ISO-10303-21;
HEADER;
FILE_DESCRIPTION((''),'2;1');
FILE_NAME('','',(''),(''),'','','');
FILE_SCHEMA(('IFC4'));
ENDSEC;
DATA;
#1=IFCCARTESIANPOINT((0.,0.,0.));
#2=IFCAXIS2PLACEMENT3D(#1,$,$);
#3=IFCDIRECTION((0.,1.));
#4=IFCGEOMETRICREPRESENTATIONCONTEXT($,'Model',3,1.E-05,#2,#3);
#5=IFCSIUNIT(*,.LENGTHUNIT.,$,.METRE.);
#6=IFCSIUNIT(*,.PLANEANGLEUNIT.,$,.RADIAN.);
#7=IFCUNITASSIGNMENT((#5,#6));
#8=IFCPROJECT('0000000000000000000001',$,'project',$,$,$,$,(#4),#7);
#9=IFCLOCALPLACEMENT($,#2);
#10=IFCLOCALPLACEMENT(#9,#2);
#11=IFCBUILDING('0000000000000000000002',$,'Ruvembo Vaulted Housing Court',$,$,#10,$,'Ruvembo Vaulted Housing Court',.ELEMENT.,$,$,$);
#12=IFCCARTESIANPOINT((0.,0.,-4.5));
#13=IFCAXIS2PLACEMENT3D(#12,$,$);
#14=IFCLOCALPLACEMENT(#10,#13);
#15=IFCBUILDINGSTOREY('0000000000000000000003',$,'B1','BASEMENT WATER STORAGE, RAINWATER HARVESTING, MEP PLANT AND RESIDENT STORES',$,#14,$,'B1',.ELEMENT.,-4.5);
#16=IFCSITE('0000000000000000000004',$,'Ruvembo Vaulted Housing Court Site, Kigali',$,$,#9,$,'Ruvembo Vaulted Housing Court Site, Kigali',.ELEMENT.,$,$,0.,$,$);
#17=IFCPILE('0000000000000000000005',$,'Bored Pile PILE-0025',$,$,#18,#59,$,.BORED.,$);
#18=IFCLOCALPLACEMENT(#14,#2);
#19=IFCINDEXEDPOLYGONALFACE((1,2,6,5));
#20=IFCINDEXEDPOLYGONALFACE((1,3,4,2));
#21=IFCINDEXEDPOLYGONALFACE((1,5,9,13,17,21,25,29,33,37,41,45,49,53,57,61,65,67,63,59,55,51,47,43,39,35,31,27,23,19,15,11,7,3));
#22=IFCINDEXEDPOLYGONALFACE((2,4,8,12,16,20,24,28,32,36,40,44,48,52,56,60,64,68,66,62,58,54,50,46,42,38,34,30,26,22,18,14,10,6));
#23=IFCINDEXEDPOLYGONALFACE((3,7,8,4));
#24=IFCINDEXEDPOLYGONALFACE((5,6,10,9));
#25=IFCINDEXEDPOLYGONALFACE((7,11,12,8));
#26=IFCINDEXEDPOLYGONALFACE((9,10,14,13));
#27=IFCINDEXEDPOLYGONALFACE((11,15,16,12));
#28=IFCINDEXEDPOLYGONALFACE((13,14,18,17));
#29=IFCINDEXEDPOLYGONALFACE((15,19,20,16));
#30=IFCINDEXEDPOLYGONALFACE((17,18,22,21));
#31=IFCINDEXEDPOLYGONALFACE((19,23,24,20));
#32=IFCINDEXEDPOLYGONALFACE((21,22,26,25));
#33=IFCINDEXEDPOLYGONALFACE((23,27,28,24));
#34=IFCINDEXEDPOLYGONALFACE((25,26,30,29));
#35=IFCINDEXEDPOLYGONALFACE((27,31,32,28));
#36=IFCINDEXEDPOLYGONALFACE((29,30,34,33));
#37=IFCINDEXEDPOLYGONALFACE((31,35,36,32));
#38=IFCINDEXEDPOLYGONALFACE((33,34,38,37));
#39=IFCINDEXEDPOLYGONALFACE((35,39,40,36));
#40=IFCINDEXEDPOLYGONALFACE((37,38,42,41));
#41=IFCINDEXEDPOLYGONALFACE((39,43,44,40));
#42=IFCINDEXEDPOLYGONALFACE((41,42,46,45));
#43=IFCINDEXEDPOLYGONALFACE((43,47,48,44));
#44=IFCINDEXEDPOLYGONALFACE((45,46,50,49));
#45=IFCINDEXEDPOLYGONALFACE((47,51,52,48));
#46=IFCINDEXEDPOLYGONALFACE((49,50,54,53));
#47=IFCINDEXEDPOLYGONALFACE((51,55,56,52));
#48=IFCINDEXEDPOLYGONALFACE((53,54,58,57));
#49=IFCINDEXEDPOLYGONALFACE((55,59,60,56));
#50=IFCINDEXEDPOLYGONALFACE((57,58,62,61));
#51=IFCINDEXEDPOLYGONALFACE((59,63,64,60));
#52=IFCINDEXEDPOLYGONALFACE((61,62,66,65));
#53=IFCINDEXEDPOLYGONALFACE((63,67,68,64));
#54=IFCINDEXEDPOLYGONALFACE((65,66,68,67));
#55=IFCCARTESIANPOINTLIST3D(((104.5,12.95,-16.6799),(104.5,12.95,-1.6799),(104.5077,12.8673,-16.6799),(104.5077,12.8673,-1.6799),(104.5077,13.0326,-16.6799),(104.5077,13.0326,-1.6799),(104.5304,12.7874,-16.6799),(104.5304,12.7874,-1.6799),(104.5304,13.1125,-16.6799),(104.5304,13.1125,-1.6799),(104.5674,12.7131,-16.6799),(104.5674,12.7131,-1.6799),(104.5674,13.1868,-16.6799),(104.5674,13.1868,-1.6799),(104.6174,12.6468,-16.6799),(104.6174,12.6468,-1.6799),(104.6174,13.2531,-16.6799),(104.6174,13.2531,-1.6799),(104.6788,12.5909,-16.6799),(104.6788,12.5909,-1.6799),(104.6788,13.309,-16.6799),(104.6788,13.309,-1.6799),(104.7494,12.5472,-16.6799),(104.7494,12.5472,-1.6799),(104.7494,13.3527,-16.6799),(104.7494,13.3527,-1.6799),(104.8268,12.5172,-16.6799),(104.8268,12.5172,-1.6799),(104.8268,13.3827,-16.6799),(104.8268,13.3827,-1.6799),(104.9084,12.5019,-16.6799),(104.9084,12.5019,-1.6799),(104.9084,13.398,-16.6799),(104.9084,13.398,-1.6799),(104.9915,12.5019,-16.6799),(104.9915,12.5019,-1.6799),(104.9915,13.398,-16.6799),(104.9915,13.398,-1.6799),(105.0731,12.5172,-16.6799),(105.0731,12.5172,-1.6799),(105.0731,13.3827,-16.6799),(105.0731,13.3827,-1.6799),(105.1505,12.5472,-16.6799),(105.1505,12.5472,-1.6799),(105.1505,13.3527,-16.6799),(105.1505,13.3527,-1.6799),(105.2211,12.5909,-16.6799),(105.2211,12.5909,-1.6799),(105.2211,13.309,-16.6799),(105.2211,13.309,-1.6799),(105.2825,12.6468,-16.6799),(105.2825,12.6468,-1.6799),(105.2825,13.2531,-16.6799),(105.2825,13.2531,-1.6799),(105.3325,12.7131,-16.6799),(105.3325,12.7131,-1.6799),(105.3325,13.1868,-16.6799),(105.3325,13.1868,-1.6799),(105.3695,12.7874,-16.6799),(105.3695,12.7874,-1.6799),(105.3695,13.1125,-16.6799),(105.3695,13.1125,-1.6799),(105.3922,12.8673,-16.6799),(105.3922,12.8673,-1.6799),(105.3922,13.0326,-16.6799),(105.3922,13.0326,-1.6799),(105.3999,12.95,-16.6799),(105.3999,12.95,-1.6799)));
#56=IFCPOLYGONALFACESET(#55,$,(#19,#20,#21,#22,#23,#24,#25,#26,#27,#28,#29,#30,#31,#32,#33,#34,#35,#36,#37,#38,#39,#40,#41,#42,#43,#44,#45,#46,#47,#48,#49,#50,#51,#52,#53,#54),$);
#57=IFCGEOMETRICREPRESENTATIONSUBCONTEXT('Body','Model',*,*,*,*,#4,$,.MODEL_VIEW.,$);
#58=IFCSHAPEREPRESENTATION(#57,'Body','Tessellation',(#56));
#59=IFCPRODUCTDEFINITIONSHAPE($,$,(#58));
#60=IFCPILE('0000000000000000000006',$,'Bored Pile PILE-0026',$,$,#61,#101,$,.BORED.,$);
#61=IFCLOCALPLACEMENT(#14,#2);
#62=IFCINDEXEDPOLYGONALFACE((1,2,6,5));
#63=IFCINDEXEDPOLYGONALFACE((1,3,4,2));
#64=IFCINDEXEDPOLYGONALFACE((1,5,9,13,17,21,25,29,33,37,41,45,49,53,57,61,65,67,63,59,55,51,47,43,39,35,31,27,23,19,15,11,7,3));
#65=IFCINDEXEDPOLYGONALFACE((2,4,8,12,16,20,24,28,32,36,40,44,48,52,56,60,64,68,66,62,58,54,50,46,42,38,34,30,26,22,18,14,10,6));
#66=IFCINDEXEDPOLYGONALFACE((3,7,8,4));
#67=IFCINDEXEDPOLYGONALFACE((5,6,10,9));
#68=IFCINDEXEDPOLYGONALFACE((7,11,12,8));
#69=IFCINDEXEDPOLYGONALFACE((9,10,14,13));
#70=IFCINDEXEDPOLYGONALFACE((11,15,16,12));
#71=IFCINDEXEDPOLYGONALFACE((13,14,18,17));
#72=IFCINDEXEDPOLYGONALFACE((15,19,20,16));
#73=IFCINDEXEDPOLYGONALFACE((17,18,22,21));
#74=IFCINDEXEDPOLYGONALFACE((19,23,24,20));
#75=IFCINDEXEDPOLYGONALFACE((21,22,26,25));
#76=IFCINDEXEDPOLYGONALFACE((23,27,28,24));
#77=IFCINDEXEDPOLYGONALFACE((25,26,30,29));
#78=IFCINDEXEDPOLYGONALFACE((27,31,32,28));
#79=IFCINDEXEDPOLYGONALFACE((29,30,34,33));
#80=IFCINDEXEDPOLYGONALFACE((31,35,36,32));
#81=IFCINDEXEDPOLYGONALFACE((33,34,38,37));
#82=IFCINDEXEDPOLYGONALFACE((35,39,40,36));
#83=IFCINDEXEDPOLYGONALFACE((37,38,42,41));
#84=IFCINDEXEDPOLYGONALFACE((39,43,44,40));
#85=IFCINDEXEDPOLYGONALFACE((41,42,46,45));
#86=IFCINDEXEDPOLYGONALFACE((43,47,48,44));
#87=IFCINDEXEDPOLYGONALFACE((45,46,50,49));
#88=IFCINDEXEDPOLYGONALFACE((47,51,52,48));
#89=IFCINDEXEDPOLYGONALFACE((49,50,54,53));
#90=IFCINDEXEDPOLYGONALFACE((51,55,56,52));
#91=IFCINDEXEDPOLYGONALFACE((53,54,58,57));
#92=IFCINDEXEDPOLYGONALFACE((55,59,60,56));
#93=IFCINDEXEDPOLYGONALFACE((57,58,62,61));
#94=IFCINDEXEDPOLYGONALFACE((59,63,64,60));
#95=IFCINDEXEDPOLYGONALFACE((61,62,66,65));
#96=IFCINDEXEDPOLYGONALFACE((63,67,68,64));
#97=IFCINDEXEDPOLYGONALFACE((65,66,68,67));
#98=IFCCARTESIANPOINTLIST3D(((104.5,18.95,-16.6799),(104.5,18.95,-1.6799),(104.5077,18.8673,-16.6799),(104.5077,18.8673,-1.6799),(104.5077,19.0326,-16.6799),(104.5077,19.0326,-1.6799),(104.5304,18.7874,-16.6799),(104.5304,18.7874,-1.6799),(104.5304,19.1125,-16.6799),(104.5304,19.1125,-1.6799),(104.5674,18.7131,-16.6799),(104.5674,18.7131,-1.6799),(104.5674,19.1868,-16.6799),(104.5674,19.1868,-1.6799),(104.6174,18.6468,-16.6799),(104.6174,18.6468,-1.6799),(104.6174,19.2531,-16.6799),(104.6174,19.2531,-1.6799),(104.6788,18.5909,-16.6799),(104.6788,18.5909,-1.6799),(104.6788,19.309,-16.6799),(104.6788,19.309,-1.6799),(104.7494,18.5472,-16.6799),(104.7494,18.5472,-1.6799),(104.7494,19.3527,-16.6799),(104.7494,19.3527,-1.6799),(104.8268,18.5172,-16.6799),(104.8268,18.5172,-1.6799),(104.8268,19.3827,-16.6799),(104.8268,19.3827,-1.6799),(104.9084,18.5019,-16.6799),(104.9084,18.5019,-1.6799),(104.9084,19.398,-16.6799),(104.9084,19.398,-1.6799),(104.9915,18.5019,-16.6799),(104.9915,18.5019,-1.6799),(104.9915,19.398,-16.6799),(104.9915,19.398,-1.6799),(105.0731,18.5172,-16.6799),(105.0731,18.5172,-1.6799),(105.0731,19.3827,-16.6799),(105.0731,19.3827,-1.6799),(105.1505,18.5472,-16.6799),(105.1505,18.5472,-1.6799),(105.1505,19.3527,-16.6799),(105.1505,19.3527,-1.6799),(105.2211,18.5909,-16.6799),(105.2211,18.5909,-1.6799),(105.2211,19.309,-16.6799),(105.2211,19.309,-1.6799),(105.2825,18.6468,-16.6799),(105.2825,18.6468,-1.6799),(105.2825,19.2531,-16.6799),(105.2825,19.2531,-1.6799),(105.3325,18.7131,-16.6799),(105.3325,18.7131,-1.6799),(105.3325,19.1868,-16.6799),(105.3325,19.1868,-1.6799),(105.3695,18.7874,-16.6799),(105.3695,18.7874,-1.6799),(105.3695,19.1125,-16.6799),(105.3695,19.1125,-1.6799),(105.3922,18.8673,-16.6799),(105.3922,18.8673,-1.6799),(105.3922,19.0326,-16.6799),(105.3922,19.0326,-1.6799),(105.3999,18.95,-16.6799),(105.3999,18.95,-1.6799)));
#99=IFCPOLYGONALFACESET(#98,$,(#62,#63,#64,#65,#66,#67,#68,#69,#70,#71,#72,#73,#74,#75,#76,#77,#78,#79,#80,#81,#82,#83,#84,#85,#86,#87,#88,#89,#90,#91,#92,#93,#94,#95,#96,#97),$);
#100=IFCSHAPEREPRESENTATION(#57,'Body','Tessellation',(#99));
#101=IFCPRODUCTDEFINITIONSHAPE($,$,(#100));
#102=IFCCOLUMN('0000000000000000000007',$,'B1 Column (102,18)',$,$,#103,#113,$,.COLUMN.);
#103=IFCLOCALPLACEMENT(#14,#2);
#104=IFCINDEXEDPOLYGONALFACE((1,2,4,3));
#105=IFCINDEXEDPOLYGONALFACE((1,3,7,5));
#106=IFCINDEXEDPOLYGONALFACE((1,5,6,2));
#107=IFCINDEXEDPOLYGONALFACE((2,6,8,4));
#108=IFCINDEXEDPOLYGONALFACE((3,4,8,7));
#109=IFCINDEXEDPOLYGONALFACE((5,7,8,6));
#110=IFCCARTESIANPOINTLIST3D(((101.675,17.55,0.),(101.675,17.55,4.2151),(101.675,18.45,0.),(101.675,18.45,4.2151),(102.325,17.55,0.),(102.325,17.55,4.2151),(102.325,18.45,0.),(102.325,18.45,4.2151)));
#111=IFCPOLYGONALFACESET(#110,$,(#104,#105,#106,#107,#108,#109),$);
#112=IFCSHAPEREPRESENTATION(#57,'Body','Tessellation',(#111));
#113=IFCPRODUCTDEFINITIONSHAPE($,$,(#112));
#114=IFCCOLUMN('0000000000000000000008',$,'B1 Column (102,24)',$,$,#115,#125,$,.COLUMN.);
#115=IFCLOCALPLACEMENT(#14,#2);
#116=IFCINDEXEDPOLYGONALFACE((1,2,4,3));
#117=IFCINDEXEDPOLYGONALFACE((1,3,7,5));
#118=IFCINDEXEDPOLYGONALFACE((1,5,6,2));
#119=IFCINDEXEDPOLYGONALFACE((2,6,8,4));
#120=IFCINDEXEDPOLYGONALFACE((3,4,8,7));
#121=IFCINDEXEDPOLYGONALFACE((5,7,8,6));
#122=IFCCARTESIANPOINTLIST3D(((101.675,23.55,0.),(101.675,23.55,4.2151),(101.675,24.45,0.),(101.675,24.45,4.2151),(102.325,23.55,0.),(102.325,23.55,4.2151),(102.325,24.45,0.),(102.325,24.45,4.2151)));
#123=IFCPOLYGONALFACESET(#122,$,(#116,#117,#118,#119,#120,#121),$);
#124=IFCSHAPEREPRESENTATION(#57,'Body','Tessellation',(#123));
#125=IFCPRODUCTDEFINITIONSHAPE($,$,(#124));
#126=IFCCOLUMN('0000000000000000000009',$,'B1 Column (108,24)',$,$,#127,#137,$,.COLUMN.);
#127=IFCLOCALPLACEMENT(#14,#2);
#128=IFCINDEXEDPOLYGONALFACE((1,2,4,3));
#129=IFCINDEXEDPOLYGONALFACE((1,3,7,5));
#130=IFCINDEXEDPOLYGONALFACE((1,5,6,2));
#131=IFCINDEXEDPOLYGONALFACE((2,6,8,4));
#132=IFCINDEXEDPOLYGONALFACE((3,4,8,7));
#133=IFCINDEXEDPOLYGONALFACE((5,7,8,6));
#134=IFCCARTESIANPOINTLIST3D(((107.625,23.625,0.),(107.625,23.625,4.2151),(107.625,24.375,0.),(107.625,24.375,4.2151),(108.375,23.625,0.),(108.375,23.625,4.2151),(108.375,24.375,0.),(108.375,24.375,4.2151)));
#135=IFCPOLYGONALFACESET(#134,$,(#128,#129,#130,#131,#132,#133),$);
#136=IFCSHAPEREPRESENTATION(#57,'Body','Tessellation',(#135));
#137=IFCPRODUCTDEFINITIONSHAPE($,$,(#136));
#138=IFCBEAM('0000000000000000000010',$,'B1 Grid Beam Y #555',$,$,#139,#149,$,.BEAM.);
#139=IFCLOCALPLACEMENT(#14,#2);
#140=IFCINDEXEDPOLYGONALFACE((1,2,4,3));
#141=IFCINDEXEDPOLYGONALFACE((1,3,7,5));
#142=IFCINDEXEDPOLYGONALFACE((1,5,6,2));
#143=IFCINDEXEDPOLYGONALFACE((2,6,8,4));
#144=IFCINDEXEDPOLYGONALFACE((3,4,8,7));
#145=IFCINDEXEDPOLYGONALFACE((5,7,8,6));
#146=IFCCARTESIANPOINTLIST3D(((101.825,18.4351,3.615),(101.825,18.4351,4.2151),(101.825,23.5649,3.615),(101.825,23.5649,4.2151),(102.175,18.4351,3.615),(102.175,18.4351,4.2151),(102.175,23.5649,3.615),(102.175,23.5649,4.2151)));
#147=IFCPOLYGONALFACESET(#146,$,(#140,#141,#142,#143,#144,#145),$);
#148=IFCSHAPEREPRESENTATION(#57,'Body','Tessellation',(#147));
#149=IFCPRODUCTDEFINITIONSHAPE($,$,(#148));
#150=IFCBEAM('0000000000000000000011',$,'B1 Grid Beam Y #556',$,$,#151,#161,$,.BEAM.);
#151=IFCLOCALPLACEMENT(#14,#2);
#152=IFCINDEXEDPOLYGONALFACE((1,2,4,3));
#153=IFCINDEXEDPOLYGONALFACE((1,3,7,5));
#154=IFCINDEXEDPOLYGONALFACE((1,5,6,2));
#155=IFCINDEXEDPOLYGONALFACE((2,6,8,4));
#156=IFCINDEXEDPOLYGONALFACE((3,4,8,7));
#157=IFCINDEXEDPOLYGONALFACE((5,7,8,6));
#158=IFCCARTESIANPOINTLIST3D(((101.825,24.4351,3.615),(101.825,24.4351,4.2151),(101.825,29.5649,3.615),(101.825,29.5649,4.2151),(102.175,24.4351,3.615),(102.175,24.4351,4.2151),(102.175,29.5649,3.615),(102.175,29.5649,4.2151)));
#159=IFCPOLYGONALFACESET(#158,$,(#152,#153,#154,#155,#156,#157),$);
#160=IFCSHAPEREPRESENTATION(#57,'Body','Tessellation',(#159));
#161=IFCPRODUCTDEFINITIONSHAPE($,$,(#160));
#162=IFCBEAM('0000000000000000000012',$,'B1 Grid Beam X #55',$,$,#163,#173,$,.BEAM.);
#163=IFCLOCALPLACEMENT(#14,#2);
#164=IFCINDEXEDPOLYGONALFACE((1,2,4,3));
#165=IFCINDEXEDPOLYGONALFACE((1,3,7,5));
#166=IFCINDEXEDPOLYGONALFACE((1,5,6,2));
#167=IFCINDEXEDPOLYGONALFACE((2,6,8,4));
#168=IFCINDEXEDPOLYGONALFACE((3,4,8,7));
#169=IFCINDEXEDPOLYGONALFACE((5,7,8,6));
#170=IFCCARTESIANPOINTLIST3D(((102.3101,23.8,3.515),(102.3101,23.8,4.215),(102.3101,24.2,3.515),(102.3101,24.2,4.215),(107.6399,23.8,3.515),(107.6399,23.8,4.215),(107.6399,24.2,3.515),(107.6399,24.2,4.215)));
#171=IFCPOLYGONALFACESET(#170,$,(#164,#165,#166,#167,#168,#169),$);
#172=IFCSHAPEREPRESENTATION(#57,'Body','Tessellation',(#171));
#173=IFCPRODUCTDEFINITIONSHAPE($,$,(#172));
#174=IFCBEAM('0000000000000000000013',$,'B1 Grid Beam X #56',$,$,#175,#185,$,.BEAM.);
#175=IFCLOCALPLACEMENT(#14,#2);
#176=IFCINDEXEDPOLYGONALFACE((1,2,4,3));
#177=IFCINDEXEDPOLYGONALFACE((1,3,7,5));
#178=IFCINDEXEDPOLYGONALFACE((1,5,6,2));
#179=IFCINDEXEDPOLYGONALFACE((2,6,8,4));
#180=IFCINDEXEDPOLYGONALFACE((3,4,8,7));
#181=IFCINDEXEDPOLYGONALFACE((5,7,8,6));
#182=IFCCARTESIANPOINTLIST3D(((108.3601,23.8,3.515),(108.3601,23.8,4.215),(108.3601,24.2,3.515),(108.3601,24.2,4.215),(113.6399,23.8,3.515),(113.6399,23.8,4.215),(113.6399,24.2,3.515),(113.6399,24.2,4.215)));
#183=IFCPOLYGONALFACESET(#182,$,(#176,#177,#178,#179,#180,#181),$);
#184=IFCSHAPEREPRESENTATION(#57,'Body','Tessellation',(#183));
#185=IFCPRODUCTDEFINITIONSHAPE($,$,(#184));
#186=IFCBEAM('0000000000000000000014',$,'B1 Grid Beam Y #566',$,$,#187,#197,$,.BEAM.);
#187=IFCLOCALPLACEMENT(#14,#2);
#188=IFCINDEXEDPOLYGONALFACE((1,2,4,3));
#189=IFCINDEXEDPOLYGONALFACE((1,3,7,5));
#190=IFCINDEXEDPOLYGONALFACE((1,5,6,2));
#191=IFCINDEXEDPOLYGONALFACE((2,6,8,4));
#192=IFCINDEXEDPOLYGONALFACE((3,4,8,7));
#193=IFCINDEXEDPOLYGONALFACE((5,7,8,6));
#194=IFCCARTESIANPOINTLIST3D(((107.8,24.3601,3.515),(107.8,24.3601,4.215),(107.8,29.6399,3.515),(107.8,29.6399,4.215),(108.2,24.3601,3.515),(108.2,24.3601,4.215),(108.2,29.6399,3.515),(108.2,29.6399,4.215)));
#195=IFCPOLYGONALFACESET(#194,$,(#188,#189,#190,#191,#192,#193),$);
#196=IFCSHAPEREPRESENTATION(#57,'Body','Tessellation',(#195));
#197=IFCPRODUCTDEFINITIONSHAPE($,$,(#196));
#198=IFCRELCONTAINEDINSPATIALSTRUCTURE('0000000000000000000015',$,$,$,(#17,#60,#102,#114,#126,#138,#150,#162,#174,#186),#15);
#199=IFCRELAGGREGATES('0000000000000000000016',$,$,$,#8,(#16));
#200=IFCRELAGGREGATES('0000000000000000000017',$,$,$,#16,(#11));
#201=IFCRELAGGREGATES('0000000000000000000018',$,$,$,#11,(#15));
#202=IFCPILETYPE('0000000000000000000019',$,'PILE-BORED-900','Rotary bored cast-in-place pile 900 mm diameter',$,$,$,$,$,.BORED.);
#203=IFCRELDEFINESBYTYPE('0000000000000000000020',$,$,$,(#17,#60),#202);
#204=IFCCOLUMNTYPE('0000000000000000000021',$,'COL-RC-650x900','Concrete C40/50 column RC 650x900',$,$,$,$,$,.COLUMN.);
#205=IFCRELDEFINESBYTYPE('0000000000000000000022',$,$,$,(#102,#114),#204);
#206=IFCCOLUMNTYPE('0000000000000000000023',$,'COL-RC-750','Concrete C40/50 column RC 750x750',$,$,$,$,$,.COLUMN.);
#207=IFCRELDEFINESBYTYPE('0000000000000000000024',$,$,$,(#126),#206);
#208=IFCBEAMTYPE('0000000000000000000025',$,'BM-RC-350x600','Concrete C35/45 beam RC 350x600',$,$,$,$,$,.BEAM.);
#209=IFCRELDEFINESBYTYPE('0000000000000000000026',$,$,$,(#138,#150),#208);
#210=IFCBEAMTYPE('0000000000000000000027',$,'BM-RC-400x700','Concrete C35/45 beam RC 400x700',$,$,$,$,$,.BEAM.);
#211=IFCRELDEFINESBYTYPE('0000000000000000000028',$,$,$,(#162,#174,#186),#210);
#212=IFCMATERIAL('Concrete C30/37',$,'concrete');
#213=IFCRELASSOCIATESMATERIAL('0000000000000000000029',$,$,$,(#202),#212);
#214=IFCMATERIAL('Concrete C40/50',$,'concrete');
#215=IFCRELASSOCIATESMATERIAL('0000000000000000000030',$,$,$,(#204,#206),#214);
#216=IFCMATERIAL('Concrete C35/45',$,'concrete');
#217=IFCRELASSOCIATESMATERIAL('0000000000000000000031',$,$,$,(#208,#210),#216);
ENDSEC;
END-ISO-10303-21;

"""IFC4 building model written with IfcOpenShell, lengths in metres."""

from ifc_helpers import new_model, si_unit, direction, frame, origin, origin_2d, place, context, subcontext, project, spatial, rectangle, circle, extrude, material, material_profile, profile_set, type_object, element, save


model = new_model("IFC4")

# Units and contexts
model_context = context("Model", 3, precision=1e-05, world=origin(), true_north=direction((0.0, 1.0)))
body_context = subcontext(model_context, "Body", "Model", "MODEL_VIEW")
ifc_project = project(units=[si_unit("LENGTHUNIT", "METRE"), si_unit("PLANEANGLEUNIT", "RADIAN")], contexts=[model_context])

# Site, building, storey
site_placement = place(None, origin())
site = spatial("IfcSite", under=ifc_project, at=site_placement, Name="Ruvembo Vaulted Housing Court Site, Kigali", LongName="Ruvembo Vaulted Housing Court Site, Kigali", CompositionType="ELEMENT", RefElevation=0.0)
building_placement = place(site_placement, origin())
building = spatial("IfcBuilding", under=site, at=building_placement, Name="Ruvembo Vaulted Housing Court", LongName="Ruvembo Vaulted Housing Court", CompositionType="ELEMENT")
storey_placement = place(building_placement, frame((0.0, 0.0, -4.5)))
storey = spatial("IfcBuildingStorey", under=building, at=storey_placement, Name="B1", Description="BASEMENT WATER STORAGE, RAINWATER HARVESTING, MEP PLANT AND RESIDENT STORES", LongName="B1", CompositionType="ELEMENT", Elevation=-4.5)

# Shared definitions
ifc_material_1 = material(Name="Concrete C35/45", Category="concrete")

# Piles
ifc_material_2 = material(Name="Concrete C30/37", Category="concrete")
ifc_material_profile_1 = material_profile(ifc_material_2, circle(Radius=0.45, at=origin_2d()), Name="PILE D900")
ifc_profile_set_1 = profile_set([ifc_material_profile_1], Name="Concrete C30/37")
pile_type_1 = type_object("IfcPileType", Name="PILE-BORED-900", Description="Rotary bored cast-in-place pile 900 mm diameter", PredefinedType="BORED", material=ifc_profile_set_1)
for number, where, z_axis, x_axis, name in (
    (1, (104.95, 12.95, -1.6799), (0.0, 0.0, -1.0), (1.0, 0.0, 0.0), "Bored Pile PILE-0025"),
    (2, (104.95, 18.95, -1.6799), (0.0, 0.0, -1.0), (1.0, 0.0, 0.0), "Bored Pile PILE-0026"),
):
    element("IfcPile", number, at=place(storey_placement, frame(where, z_axis=z_axis, x_axis=x_axis)), inside=storey, type_object=pile_type_1, Name=name, PredefinedType="BORED", context=body_context, shape_type="SweptSolid", body=[
        extrude(circle(Radius=0.45, at=origin_2d()), origin(), (0.0, 0.0, 1.0), 15.0),
    ])

# Columns
ifc_material_3 = material(Name="Concrete C40/50", Category="concrete")
ifc_material_profile_2 = material_profile(ifc_material_3, rectangle(XDim=0.6499, YDim=0.8999, at=origin_2d()), Name="RC 650x900")
ifc_profile_set_2 = profile_set([ifc_material_profile_2], Name="Concrete C40/50")
column_type_1 = type_object("IfcColumnType", Name="COL-RC-650x900", Description="Concrete C40/50 column RC 650x900", PredefinedType="COLUMN", material=ifc_profile_set_2)
for number, where, z_axis, x_axis, name in (
    (3, (102.0, 18.0, 0.0), (0.0, 0.0, 1.0), (1.0, 0.0, 0.0), "B1 Column (102,18)"),
    (4, (102.0, 24.0, 0.0), (0.0, 0.0, 1.0), (1.0, 0.0, 0.0), "B1 Column (102,24)"),
):
    element("IfcColumn", number, at=place(storey_placement, frame(where, z_axis=z_axis, x_axis=x_axis)), inside=storey, type_object=column_type_1, Name=name, PredefinedType="COLUMN", context=body_context, shape_type="SweptSolid", body=[
        extrude(rectangle(XDim=0.6499, YDim=0.8999, at=origin_2d()), origin(), (0.0, 0.0, 1.0), 4.2151),
    ])
ifc_material_profile_3 = material_profile(ifc_material_3, rectangle(XDim=0.75, YDim=0.75, at=origin_2d()), Name="RC 750x750")
ifc_profile_set_3 = profile_set([ifc_material_profile_3], Name="Concrete C40/50")
column_type_2 = type_object("IfcColumnType", Name="COL-RC-750", Description="Concrete C40/50 column RC 750x750", PredefinedType="COLUMN", material=ifc_profile_set_3)
column_placement = place(storey_placement, frame((108.0, 24.0, 0.0), z_axis=(0.0, 0.0, 1.0), x_axis=(1.0, 0.0, 0.0)))
element("IfcColumn", 5, at=column_placement, inside=storey, type_object=column_type_2, Name="B1 Column (108,24)", PredefinedType="COLUMN", context=body_context, shape_type="SweptSolid", body=[
    extrude(rectangle(XDim=0.75, YDim=0.75, at=origin_2d()), origin(), (0.0, 0.0, 1.0), 4.2151),
])

# Beams
ifc_material_profile_4 = material_profile(ifc_material_1, rectangle(XDim=0.3501, YDim=0.6001, at=origin_2d()), Name="RC 350x600")
ifc_profile_set_4 = profile_set([ifc_material_profile_4], Name="Concrete C35/45")
beam_type_1 = type_object("IfcBeamType", Name="BM-RC-350x600", Description="Concrete C35/45 beam RC 350x600", PredefinedType="BEAM", material=ifc_profile_set_4)
for number, where, z_axis, x_axis, name in (
    (6, (102.0, 18.4351, 3.915), (0.0, 1.0, 0.0), (-1.0, 0.0, 0.0), "B1 Grid Beam Y #555"),
    (7, (102.0, 24.4351, 3.915), (0.0, 1.0, 0.0), (-1.0, 0.0, 0.0), "B1 Grid Beam Y #556"),
):
    element("IfcBeam", number, at=place(storey_placement, frame(where, z_axis=z_axis, x_axis=x_axis)), inside=storey, type_object=beam_type_1, Name=name, PredefinedType="BEAM", context=body_context, shape_type="SweptSolid", body=[
        extrude(rectangle(XDim=0.3501, YDim=0.6001, at=origin_2d()), origin(), (0.0, 0.0, 1.0), 5.1299),
    ])
ifc_material_profile_5 = material_profile(ifc_material_1, rectangle(XDim=0.3999, YDim=0.7, at=origin_2d()), Name="RC 400x700")
ifc_profile_set_5 = profile_set([ifc_material_profile_5], Name="Concrete C35/45")
beam_type_2 = type_object("IfcBeamType", Name="BM-RC-400x700", Description="Concrete C35/45 beam RC 400x700", PredefinedType="BEAM", material=ifc_profile_set_5)
beam_placement = place(storey_placement, frame((102.3101, 24.0, 3.865), z_axis=(1.0, 0.0, 0.0), x_axis=(0.0, 1.0, 0.0)))
element("IfcBeam", 8, at=beam_placement, inside=storey, type_object=beam_type_2, Name="B1 Grid Beam X #55", PredefinedType="BEAM", context=body_context, shape_type="SweptSolid", body=[
    extrude(rectangle(XDim=0.3999, YDim=0.7, at=origin_2d()), origin(), (0.0, 0.0, 1.0), 5.3298),
])
for number, where, z_axis, x_axis, name in (
    (9, (108.3601, 24.0, 3.865), (1.0, 0.0, 0.0), (0.0, 1.0, 0.0), "B1 Grid Beam X #56"),
    (10, (108.0, 24.3601, 3.865), (0.0, 1.0, 0.0), (-1.0, 0.0, 0.0), "B1 Grid Beam Y #566"),
):
    element("IfcBeam", number, at=place(storey_placement, frame(where, z_axis=z_axis, x_axis=x_axis)), inside=storey, type_object=beam_type_2, Name=name, PredefinedType="BEAM", context=body_context, shape_type="SweptSolid", body=[
        extrude(rectangle(XDim=0.3999, YDim=0.7, at=origin_2d()), origin(), (0.0, 0.0, 1.0), 5.2798),
    ])

save(model, "model.ifc")
